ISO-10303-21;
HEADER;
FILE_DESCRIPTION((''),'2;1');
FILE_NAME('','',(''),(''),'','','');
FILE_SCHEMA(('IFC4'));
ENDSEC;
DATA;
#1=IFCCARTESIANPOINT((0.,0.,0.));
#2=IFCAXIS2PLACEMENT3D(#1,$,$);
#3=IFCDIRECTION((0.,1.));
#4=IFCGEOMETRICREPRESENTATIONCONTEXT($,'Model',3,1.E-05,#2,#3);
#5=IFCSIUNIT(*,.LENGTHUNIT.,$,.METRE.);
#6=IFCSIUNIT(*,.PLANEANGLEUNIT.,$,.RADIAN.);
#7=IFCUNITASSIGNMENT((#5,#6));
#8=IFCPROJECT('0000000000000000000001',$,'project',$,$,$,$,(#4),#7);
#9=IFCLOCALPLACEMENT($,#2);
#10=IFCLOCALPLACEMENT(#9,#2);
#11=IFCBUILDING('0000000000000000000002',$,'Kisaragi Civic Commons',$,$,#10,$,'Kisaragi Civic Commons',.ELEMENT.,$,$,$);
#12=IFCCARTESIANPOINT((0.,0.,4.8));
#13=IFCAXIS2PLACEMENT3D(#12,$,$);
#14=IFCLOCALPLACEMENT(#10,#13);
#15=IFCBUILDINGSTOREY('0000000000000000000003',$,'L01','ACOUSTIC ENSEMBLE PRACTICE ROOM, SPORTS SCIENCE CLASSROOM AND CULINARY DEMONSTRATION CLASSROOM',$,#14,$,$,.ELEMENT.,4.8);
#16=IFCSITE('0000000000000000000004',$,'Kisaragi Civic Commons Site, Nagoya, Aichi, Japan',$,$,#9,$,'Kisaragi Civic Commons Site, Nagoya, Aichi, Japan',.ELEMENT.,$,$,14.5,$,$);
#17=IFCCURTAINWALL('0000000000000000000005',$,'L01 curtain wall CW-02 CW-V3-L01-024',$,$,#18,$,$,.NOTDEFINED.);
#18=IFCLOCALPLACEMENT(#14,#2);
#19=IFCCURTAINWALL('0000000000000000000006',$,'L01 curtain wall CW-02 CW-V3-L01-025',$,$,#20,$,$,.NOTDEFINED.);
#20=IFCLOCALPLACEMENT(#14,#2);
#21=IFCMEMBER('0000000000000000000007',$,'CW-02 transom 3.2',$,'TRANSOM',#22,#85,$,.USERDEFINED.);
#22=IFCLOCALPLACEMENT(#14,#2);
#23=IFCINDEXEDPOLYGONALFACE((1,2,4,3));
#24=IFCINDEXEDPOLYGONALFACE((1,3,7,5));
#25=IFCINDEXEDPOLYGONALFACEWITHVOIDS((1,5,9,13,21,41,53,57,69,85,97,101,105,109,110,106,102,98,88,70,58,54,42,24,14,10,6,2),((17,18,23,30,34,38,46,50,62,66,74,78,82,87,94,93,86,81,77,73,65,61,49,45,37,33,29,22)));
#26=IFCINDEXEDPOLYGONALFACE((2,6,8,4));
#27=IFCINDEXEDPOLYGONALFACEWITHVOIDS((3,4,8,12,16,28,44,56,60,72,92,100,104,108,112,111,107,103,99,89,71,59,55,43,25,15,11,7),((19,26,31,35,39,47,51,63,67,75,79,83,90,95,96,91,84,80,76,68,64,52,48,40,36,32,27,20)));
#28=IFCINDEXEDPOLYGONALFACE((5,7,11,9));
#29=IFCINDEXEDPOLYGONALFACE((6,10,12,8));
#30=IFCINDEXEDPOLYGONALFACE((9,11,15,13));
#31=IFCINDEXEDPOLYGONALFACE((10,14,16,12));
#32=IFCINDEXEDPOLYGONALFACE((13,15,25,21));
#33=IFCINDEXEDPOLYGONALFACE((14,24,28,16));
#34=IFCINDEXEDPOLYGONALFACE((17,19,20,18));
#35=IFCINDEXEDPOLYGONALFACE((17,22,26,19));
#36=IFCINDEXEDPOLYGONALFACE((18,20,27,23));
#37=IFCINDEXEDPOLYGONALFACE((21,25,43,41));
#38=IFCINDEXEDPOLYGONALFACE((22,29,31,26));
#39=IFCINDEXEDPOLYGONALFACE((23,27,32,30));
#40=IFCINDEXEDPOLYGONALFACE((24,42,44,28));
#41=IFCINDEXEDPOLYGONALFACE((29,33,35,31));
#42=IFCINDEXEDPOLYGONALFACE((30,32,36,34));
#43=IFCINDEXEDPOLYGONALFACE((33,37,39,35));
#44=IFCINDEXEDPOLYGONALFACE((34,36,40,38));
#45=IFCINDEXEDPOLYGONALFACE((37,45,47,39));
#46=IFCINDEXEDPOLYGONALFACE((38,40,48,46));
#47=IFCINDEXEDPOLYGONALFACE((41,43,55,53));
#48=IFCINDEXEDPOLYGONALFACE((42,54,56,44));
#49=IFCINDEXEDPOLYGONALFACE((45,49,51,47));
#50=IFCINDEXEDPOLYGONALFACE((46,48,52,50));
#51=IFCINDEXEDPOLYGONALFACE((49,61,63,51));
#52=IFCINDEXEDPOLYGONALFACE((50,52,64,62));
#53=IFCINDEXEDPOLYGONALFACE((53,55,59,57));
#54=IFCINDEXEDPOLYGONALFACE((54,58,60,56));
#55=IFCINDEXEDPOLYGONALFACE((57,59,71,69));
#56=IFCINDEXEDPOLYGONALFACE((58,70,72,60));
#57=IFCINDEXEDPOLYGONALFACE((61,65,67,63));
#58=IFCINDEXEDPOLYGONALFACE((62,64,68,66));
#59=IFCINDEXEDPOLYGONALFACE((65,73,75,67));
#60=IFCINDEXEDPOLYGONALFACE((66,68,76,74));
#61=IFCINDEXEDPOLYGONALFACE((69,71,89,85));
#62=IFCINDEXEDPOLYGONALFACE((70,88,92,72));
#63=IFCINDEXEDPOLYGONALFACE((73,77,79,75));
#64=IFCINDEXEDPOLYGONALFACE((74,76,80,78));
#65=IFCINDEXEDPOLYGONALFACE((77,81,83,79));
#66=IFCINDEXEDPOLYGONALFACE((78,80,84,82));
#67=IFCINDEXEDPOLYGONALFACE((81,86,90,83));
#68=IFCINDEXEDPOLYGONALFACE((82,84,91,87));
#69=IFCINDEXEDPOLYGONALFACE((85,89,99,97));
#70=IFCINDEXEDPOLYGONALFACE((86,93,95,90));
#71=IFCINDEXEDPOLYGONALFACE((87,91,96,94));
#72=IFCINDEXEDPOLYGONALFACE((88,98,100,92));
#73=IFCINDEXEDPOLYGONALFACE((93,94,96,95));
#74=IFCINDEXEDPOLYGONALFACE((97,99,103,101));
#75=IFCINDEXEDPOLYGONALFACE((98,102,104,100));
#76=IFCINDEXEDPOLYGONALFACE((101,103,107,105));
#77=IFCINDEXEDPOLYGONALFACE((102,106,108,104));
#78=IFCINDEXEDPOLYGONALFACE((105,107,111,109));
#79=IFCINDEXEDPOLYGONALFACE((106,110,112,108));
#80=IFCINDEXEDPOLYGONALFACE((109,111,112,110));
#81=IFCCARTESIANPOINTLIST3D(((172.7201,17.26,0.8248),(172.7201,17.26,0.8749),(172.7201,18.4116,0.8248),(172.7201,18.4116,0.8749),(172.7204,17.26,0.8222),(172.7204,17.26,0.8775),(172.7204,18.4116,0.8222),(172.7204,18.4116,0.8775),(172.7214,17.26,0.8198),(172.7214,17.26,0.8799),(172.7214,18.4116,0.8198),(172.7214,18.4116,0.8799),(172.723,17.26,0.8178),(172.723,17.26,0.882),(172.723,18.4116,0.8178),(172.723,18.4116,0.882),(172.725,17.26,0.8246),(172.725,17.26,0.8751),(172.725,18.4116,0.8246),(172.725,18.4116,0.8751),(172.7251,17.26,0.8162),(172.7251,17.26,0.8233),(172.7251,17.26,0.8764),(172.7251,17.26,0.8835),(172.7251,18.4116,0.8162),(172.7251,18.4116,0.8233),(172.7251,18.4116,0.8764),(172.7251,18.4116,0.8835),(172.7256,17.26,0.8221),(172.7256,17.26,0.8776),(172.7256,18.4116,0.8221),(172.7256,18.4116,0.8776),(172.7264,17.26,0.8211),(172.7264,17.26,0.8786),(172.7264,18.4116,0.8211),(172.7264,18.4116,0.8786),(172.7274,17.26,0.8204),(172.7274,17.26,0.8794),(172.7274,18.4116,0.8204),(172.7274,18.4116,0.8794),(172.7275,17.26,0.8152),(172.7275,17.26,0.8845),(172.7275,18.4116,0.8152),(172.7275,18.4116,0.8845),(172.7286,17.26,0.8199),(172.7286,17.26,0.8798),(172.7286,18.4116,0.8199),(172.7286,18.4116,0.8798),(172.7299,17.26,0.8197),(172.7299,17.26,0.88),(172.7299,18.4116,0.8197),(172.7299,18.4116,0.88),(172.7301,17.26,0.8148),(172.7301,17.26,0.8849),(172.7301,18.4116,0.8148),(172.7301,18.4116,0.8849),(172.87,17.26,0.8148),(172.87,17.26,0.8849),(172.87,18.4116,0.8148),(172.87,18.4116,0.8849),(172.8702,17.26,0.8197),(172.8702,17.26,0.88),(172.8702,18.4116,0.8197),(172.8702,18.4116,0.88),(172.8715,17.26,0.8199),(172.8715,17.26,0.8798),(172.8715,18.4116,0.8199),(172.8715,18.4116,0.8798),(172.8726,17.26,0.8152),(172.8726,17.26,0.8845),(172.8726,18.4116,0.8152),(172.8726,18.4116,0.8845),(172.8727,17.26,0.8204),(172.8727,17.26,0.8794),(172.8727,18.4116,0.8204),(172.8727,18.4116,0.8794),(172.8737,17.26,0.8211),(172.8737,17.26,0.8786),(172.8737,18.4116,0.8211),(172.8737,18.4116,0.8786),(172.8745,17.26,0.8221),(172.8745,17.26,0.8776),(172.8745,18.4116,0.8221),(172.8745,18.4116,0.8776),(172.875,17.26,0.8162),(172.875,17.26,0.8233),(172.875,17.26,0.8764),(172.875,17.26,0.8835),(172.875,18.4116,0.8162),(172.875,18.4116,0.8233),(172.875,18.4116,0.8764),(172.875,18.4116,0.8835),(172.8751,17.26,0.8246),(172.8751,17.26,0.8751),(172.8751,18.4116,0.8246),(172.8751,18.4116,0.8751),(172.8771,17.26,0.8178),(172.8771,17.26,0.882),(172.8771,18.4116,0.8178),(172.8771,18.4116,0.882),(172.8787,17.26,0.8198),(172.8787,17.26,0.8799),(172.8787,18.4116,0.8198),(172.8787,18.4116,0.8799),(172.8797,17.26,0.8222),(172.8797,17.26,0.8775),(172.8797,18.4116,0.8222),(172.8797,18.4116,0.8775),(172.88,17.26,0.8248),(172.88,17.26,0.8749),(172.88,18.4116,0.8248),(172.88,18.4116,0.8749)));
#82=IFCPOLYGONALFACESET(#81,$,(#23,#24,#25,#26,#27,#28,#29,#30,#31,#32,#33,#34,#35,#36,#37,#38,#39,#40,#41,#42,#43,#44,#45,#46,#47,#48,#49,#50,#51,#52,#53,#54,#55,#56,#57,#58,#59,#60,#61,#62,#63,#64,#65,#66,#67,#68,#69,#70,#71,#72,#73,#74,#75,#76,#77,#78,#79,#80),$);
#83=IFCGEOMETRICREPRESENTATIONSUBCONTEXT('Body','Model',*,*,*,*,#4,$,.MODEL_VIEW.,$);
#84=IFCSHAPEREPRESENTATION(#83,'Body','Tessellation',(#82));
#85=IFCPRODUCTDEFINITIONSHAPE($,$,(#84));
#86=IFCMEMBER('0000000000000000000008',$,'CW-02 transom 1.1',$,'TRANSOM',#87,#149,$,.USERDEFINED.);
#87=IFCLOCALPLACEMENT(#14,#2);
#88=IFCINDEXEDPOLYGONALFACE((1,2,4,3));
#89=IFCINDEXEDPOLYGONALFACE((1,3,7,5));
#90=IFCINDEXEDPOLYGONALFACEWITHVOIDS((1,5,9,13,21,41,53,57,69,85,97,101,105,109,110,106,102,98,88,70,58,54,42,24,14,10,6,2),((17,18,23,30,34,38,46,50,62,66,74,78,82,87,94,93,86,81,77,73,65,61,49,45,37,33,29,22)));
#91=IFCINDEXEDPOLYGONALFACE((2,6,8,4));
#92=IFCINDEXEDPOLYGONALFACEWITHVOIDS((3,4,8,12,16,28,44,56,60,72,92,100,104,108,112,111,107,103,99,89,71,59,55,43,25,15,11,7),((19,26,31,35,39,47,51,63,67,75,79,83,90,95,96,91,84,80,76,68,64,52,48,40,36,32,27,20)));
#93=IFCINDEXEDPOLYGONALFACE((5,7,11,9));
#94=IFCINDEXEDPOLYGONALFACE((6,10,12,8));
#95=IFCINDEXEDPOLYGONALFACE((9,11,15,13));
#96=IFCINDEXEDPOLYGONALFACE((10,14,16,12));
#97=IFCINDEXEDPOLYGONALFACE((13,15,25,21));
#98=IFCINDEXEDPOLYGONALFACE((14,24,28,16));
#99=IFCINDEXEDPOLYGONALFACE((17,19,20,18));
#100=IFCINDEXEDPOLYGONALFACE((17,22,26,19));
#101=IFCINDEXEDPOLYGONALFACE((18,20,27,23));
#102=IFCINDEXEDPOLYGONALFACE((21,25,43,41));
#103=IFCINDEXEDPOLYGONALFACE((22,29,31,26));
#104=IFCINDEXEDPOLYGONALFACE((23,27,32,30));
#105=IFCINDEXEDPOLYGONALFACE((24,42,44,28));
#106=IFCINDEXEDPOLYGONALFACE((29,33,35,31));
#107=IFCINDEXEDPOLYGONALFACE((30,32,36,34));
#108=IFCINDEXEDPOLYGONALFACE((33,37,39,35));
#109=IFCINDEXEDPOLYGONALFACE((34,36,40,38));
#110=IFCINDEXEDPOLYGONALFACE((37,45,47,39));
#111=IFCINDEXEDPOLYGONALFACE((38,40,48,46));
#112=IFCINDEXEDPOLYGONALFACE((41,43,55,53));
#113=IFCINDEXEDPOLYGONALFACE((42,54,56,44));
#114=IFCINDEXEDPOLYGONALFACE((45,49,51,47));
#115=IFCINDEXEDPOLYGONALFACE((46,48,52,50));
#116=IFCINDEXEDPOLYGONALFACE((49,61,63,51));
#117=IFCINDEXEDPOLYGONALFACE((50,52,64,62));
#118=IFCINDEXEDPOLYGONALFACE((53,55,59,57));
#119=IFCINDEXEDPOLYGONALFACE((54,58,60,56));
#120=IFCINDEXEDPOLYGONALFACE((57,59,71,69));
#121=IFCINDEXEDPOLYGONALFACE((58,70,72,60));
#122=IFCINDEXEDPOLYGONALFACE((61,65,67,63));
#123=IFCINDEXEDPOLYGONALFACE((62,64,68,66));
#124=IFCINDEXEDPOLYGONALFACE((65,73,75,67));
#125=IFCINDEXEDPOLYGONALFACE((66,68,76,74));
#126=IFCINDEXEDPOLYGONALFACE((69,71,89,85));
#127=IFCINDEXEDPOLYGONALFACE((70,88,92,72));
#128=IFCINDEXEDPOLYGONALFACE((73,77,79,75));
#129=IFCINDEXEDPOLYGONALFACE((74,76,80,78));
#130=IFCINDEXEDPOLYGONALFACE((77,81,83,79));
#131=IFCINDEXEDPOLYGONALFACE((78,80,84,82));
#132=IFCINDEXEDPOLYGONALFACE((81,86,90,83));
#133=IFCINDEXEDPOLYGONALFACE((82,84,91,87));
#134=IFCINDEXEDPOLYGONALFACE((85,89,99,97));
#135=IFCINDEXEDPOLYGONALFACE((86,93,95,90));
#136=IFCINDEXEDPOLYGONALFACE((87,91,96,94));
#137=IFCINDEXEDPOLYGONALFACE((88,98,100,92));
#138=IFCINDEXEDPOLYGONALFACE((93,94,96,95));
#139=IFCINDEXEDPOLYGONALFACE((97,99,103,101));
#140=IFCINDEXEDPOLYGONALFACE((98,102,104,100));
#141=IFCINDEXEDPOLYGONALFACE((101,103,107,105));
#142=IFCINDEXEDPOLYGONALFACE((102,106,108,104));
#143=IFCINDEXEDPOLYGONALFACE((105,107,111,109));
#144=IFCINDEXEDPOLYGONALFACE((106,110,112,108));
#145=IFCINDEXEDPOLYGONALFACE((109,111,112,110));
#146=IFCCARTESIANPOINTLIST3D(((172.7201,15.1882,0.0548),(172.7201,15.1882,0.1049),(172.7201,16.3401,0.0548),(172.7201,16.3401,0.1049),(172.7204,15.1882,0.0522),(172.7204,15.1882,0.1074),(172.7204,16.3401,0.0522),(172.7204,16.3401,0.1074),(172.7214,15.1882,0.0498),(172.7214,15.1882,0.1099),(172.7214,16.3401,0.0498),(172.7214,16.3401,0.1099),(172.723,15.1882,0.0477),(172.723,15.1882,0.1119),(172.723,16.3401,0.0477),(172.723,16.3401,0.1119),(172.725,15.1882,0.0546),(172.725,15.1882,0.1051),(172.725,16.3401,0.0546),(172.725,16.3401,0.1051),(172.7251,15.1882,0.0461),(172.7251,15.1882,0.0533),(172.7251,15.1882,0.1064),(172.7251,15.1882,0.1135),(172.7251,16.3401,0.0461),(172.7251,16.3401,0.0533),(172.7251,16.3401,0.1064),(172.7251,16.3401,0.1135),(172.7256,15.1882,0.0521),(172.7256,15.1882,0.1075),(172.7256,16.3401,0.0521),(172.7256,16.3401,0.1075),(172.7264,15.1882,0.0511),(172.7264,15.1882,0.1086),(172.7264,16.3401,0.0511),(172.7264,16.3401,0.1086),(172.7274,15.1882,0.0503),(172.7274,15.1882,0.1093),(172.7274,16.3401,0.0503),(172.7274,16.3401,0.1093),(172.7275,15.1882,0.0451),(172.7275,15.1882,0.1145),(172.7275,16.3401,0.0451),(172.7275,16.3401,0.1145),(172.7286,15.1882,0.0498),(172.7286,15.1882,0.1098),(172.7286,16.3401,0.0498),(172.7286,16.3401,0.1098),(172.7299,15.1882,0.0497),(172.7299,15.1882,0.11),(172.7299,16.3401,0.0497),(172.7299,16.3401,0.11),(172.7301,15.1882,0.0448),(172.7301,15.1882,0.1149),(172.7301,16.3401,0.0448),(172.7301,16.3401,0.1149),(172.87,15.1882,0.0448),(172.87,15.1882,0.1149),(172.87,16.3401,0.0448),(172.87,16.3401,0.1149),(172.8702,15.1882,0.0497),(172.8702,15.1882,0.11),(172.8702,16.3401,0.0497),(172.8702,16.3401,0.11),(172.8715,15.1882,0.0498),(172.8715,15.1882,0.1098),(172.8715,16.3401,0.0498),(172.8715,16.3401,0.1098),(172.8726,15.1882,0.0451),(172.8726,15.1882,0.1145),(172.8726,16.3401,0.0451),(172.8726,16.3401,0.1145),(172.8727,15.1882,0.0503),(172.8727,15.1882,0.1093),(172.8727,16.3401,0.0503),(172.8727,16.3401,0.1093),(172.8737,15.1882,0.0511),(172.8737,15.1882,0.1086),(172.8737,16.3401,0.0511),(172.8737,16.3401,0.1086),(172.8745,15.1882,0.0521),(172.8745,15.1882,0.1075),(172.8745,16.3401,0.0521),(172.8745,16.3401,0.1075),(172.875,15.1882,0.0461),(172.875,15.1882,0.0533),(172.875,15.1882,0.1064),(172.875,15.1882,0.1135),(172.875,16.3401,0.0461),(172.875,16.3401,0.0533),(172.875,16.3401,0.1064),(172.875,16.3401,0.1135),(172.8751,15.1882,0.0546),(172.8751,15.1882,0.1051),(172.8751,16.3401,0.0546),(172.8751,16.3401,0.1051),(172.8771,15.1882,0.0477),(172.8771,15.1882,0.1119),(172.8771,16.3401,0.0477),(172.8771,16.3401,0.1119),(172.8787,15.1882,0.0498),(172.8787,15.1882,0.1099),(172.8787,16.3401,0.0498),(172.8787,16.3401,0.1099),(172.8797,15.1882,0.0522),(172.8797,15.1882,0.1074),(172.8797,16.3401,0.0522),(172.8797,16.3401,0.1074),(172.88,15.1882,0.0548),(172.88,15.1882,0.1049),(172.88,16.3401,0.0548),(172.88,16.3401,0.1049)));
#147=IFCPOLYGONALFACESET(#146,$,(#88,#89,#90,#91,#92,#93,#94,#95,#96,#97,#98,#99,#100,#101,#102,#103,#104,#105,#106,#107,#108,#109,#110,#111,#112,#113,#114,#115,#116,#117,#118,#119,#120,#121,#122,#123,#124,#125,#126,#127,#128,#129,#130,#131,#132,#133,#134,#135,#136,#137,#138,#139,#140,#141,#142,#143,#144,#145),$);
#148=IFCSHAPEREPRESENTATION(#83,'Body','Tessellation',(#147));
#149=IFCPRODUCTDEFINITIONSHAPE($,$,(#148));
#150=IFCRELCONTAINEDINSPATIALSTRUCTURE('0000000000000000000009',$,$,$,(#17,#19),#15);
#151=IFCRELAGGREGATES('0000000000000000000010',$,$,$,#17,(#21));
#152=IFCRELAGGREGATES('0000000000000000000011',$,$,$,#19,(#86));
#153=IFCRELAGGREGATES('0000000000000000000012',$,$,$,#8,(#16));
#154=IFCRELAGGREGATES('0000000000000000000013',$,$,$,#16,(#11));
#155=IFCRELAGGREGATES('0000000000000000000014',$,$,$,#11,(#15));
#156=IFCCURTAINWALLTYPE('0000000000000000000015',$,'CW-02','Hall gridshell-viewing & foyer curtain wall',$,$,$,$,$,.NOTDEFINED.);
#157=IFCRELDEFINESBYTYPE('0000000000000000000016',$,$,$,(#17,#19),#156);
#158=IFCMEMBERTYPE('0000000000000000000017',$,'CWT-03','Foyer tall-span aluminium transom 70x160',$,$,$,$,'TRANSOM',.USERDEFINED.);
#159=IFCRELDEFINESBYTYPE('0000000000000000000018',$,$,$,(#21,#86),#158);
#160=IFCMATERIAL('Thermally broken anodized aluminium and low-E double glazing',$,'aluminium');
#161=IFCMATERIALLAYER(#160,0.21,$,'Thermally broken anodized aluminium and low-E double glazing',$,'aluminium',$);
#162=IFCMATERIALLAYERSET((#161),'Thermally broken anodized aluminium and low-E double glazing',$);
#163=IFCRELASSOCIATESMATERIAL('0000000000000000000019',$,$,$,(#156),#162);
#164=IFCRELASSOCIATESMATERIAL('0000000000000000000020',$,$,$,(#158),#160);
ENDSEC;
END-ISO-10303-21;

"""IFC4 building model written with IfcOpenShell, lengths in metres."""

from ifc_helpers import new_model, si_unit, direction, frame, origin, origin_2d, place, context, subcontext, project, spatial, hollow_rectangle, extrude, material, layer, layer_set, material_profile, profile_set, type_object, element, aggregate, save


model = new_model("IFC4")

# Units and contexts
model_context = context("Model", 3, precision=1e-05, world=origin(), true_north=direction((0.0, 1.0)))
body_context = subcontext(model_context, "Body", "Model", "MODEL_VIEW")
ifc_project = project(units=[si_unit("LENGTHUNIT", "METRE"), si_unit("PLANEANGLEUNIT", "RADIAN")], contexts=[model_context])

# Site, building, storey
site_placement = place(None, origin())
site = spatial("IfcSite", under=ifc_project, at=site_placement, Name="Kisaragi Civic Commons Site, Nagoya, Aichi, Japan", LongName="Kisaragi Civic Commons Site, Nagoya, Aichi, Japan", CompositionType="ELEMENT", RefElevation=14.5)
building_placement = place(site_placement, origin())
building = spatial("IfcBuilding", under=site, at=building_placement, Name="Kisaragi Civic Commons", LongName="Kisaragi Civic Commons", CompositionType="ELEMENT")
storey_placement = place(building_placement, frame((0.0, 0.0, 4.8)))
storey = spatial("IfcBuildingStorey", under=building, at=storey_placement, Name="L01", Description="ACOUSTIC ENSEMBLE PRACTICE ROOM, SPORTS SCIENCE CLASSROOM AND CULINARY DEMONSTRATION CLASSROOM", CompositionType="ELEMENT", Elevation=4.8)

# Curtain wall
ifc_material_1 = material(Name="Thermally broken anodized aluminium and low-E double glazing", Category="aluminium")
ifc_layer_1 = layer(ifc_material_1, 0.21, Name="Thermally broken anodized aluminium and low-E double glazing", Category="aluminium")
ifc_layer_set_1 = layer_set([ifc_layer_1], Name="Thermally broken anodized aluminium and low-E double glazing")
curtain_wall_type = type_object("IfcCurtainWallType", Name="CW-02", Description="Hall gridshell-viewing & foyer curtain wall", PredefinedType="NOTDEFINED", material=ifc_layer_set_1)
curtain_wall_1_placement = place(storey_placement, origin())
curtain_wall_1 = element("IfcCurtainWall", 1, at=curtain_wall_1_placement, inside=storey, type_object=curtain_wall_type, Name="L01 curtain wall CW-02 CW-V3-L01-024", PredefinedType="NOTDEFINED")

# Curtain wall
curtain_wall_2_placement = place(storey_placement, origin())
curtain_wall_2 = element("IfcCurtainWall", 2, at=curtain_wall_2_placement, inside=storey, type_object=curtain_wall_type, Name="L01 curtain wall CW-02 CW-V3-L01-025", PredefinedType="NOTDEFINED")

# Members
ifc_material_profile_1 = material_profile(ifc_material_1, hollow_rectangle(XDim=0.1599, YDim=0.0701, WallThickness=0.0049, InnerFilletRadius=0.0049, OuterFilletRadius=0.01, at=origin_2d()), Name="CWT-70x160x5", Category="aluminium")
ifc_profile_set_1 = profile_set([ifc_material_profile_1], Name="Thermally broken anodized aluminium and low-E double glazing")
member_type_1 = type_object("IfcMemberType", Name="CWT-03", Description="Foyer tall-span aluminium transom 70x160", ElementType="TRANSOM", PredefinedType="USERDEFINED", material=ifc_profile_set_1)
member_1_placement = place(storey_placement, frame((172.8, 18.4116, 0.8499), z_axis=(0.0, -1.0, 0.0), x_axis=(1.0, 0.0, 0.0)))
member_1 = element("IfcMember", 3, at=member_1_placement, type_object=member_type_1, Name="CW-02 transom 3.2", ObjectType="TRANSOM", PredefinedType="USERDEFINED", context=body_context, shape_type="SweptSolid", body=[
    extrude(hollow_rectangle(XDim=0.1599, YDim=0.0701, WallThickness=0.0049, InnerFilletRadius=0.0049, OuterFilletRadius=0.01, at=origin_2d()), origin(), (0.0, 0.0, 1.0), 1.1516),
])
member_2_placement = place(storey_placement, frame((172.8, 16.3401, 0.0798), z_axis=(0.0, -1.0, 0.0), x_axis=(1.0, 0.0, 0.0)))
member_2 = element("IfcMember", 4, at=member_2_placement, type_object=member_type_1, Name="CW-02 transom 1.1", ObjectType="TRANSOM", PredefinedType="USERDEFINED", context=body_context, shape_type="SweptSolid", body=[
    extrude(hollow_rectangle(XDim=0.1599, YDim=0.0701, WallThickness=0.0049, InnerFilletRadius=0.0049, OuterFilletRadius=0.01, at=origin_2d()), origin(), (0.0, 0.0, 1.0), 1.1519),
])

aggregate(curtain_wall_1, [member_1])
aggregate(curtain_wall_2, [member_2])

save(model, "model.ifc")
